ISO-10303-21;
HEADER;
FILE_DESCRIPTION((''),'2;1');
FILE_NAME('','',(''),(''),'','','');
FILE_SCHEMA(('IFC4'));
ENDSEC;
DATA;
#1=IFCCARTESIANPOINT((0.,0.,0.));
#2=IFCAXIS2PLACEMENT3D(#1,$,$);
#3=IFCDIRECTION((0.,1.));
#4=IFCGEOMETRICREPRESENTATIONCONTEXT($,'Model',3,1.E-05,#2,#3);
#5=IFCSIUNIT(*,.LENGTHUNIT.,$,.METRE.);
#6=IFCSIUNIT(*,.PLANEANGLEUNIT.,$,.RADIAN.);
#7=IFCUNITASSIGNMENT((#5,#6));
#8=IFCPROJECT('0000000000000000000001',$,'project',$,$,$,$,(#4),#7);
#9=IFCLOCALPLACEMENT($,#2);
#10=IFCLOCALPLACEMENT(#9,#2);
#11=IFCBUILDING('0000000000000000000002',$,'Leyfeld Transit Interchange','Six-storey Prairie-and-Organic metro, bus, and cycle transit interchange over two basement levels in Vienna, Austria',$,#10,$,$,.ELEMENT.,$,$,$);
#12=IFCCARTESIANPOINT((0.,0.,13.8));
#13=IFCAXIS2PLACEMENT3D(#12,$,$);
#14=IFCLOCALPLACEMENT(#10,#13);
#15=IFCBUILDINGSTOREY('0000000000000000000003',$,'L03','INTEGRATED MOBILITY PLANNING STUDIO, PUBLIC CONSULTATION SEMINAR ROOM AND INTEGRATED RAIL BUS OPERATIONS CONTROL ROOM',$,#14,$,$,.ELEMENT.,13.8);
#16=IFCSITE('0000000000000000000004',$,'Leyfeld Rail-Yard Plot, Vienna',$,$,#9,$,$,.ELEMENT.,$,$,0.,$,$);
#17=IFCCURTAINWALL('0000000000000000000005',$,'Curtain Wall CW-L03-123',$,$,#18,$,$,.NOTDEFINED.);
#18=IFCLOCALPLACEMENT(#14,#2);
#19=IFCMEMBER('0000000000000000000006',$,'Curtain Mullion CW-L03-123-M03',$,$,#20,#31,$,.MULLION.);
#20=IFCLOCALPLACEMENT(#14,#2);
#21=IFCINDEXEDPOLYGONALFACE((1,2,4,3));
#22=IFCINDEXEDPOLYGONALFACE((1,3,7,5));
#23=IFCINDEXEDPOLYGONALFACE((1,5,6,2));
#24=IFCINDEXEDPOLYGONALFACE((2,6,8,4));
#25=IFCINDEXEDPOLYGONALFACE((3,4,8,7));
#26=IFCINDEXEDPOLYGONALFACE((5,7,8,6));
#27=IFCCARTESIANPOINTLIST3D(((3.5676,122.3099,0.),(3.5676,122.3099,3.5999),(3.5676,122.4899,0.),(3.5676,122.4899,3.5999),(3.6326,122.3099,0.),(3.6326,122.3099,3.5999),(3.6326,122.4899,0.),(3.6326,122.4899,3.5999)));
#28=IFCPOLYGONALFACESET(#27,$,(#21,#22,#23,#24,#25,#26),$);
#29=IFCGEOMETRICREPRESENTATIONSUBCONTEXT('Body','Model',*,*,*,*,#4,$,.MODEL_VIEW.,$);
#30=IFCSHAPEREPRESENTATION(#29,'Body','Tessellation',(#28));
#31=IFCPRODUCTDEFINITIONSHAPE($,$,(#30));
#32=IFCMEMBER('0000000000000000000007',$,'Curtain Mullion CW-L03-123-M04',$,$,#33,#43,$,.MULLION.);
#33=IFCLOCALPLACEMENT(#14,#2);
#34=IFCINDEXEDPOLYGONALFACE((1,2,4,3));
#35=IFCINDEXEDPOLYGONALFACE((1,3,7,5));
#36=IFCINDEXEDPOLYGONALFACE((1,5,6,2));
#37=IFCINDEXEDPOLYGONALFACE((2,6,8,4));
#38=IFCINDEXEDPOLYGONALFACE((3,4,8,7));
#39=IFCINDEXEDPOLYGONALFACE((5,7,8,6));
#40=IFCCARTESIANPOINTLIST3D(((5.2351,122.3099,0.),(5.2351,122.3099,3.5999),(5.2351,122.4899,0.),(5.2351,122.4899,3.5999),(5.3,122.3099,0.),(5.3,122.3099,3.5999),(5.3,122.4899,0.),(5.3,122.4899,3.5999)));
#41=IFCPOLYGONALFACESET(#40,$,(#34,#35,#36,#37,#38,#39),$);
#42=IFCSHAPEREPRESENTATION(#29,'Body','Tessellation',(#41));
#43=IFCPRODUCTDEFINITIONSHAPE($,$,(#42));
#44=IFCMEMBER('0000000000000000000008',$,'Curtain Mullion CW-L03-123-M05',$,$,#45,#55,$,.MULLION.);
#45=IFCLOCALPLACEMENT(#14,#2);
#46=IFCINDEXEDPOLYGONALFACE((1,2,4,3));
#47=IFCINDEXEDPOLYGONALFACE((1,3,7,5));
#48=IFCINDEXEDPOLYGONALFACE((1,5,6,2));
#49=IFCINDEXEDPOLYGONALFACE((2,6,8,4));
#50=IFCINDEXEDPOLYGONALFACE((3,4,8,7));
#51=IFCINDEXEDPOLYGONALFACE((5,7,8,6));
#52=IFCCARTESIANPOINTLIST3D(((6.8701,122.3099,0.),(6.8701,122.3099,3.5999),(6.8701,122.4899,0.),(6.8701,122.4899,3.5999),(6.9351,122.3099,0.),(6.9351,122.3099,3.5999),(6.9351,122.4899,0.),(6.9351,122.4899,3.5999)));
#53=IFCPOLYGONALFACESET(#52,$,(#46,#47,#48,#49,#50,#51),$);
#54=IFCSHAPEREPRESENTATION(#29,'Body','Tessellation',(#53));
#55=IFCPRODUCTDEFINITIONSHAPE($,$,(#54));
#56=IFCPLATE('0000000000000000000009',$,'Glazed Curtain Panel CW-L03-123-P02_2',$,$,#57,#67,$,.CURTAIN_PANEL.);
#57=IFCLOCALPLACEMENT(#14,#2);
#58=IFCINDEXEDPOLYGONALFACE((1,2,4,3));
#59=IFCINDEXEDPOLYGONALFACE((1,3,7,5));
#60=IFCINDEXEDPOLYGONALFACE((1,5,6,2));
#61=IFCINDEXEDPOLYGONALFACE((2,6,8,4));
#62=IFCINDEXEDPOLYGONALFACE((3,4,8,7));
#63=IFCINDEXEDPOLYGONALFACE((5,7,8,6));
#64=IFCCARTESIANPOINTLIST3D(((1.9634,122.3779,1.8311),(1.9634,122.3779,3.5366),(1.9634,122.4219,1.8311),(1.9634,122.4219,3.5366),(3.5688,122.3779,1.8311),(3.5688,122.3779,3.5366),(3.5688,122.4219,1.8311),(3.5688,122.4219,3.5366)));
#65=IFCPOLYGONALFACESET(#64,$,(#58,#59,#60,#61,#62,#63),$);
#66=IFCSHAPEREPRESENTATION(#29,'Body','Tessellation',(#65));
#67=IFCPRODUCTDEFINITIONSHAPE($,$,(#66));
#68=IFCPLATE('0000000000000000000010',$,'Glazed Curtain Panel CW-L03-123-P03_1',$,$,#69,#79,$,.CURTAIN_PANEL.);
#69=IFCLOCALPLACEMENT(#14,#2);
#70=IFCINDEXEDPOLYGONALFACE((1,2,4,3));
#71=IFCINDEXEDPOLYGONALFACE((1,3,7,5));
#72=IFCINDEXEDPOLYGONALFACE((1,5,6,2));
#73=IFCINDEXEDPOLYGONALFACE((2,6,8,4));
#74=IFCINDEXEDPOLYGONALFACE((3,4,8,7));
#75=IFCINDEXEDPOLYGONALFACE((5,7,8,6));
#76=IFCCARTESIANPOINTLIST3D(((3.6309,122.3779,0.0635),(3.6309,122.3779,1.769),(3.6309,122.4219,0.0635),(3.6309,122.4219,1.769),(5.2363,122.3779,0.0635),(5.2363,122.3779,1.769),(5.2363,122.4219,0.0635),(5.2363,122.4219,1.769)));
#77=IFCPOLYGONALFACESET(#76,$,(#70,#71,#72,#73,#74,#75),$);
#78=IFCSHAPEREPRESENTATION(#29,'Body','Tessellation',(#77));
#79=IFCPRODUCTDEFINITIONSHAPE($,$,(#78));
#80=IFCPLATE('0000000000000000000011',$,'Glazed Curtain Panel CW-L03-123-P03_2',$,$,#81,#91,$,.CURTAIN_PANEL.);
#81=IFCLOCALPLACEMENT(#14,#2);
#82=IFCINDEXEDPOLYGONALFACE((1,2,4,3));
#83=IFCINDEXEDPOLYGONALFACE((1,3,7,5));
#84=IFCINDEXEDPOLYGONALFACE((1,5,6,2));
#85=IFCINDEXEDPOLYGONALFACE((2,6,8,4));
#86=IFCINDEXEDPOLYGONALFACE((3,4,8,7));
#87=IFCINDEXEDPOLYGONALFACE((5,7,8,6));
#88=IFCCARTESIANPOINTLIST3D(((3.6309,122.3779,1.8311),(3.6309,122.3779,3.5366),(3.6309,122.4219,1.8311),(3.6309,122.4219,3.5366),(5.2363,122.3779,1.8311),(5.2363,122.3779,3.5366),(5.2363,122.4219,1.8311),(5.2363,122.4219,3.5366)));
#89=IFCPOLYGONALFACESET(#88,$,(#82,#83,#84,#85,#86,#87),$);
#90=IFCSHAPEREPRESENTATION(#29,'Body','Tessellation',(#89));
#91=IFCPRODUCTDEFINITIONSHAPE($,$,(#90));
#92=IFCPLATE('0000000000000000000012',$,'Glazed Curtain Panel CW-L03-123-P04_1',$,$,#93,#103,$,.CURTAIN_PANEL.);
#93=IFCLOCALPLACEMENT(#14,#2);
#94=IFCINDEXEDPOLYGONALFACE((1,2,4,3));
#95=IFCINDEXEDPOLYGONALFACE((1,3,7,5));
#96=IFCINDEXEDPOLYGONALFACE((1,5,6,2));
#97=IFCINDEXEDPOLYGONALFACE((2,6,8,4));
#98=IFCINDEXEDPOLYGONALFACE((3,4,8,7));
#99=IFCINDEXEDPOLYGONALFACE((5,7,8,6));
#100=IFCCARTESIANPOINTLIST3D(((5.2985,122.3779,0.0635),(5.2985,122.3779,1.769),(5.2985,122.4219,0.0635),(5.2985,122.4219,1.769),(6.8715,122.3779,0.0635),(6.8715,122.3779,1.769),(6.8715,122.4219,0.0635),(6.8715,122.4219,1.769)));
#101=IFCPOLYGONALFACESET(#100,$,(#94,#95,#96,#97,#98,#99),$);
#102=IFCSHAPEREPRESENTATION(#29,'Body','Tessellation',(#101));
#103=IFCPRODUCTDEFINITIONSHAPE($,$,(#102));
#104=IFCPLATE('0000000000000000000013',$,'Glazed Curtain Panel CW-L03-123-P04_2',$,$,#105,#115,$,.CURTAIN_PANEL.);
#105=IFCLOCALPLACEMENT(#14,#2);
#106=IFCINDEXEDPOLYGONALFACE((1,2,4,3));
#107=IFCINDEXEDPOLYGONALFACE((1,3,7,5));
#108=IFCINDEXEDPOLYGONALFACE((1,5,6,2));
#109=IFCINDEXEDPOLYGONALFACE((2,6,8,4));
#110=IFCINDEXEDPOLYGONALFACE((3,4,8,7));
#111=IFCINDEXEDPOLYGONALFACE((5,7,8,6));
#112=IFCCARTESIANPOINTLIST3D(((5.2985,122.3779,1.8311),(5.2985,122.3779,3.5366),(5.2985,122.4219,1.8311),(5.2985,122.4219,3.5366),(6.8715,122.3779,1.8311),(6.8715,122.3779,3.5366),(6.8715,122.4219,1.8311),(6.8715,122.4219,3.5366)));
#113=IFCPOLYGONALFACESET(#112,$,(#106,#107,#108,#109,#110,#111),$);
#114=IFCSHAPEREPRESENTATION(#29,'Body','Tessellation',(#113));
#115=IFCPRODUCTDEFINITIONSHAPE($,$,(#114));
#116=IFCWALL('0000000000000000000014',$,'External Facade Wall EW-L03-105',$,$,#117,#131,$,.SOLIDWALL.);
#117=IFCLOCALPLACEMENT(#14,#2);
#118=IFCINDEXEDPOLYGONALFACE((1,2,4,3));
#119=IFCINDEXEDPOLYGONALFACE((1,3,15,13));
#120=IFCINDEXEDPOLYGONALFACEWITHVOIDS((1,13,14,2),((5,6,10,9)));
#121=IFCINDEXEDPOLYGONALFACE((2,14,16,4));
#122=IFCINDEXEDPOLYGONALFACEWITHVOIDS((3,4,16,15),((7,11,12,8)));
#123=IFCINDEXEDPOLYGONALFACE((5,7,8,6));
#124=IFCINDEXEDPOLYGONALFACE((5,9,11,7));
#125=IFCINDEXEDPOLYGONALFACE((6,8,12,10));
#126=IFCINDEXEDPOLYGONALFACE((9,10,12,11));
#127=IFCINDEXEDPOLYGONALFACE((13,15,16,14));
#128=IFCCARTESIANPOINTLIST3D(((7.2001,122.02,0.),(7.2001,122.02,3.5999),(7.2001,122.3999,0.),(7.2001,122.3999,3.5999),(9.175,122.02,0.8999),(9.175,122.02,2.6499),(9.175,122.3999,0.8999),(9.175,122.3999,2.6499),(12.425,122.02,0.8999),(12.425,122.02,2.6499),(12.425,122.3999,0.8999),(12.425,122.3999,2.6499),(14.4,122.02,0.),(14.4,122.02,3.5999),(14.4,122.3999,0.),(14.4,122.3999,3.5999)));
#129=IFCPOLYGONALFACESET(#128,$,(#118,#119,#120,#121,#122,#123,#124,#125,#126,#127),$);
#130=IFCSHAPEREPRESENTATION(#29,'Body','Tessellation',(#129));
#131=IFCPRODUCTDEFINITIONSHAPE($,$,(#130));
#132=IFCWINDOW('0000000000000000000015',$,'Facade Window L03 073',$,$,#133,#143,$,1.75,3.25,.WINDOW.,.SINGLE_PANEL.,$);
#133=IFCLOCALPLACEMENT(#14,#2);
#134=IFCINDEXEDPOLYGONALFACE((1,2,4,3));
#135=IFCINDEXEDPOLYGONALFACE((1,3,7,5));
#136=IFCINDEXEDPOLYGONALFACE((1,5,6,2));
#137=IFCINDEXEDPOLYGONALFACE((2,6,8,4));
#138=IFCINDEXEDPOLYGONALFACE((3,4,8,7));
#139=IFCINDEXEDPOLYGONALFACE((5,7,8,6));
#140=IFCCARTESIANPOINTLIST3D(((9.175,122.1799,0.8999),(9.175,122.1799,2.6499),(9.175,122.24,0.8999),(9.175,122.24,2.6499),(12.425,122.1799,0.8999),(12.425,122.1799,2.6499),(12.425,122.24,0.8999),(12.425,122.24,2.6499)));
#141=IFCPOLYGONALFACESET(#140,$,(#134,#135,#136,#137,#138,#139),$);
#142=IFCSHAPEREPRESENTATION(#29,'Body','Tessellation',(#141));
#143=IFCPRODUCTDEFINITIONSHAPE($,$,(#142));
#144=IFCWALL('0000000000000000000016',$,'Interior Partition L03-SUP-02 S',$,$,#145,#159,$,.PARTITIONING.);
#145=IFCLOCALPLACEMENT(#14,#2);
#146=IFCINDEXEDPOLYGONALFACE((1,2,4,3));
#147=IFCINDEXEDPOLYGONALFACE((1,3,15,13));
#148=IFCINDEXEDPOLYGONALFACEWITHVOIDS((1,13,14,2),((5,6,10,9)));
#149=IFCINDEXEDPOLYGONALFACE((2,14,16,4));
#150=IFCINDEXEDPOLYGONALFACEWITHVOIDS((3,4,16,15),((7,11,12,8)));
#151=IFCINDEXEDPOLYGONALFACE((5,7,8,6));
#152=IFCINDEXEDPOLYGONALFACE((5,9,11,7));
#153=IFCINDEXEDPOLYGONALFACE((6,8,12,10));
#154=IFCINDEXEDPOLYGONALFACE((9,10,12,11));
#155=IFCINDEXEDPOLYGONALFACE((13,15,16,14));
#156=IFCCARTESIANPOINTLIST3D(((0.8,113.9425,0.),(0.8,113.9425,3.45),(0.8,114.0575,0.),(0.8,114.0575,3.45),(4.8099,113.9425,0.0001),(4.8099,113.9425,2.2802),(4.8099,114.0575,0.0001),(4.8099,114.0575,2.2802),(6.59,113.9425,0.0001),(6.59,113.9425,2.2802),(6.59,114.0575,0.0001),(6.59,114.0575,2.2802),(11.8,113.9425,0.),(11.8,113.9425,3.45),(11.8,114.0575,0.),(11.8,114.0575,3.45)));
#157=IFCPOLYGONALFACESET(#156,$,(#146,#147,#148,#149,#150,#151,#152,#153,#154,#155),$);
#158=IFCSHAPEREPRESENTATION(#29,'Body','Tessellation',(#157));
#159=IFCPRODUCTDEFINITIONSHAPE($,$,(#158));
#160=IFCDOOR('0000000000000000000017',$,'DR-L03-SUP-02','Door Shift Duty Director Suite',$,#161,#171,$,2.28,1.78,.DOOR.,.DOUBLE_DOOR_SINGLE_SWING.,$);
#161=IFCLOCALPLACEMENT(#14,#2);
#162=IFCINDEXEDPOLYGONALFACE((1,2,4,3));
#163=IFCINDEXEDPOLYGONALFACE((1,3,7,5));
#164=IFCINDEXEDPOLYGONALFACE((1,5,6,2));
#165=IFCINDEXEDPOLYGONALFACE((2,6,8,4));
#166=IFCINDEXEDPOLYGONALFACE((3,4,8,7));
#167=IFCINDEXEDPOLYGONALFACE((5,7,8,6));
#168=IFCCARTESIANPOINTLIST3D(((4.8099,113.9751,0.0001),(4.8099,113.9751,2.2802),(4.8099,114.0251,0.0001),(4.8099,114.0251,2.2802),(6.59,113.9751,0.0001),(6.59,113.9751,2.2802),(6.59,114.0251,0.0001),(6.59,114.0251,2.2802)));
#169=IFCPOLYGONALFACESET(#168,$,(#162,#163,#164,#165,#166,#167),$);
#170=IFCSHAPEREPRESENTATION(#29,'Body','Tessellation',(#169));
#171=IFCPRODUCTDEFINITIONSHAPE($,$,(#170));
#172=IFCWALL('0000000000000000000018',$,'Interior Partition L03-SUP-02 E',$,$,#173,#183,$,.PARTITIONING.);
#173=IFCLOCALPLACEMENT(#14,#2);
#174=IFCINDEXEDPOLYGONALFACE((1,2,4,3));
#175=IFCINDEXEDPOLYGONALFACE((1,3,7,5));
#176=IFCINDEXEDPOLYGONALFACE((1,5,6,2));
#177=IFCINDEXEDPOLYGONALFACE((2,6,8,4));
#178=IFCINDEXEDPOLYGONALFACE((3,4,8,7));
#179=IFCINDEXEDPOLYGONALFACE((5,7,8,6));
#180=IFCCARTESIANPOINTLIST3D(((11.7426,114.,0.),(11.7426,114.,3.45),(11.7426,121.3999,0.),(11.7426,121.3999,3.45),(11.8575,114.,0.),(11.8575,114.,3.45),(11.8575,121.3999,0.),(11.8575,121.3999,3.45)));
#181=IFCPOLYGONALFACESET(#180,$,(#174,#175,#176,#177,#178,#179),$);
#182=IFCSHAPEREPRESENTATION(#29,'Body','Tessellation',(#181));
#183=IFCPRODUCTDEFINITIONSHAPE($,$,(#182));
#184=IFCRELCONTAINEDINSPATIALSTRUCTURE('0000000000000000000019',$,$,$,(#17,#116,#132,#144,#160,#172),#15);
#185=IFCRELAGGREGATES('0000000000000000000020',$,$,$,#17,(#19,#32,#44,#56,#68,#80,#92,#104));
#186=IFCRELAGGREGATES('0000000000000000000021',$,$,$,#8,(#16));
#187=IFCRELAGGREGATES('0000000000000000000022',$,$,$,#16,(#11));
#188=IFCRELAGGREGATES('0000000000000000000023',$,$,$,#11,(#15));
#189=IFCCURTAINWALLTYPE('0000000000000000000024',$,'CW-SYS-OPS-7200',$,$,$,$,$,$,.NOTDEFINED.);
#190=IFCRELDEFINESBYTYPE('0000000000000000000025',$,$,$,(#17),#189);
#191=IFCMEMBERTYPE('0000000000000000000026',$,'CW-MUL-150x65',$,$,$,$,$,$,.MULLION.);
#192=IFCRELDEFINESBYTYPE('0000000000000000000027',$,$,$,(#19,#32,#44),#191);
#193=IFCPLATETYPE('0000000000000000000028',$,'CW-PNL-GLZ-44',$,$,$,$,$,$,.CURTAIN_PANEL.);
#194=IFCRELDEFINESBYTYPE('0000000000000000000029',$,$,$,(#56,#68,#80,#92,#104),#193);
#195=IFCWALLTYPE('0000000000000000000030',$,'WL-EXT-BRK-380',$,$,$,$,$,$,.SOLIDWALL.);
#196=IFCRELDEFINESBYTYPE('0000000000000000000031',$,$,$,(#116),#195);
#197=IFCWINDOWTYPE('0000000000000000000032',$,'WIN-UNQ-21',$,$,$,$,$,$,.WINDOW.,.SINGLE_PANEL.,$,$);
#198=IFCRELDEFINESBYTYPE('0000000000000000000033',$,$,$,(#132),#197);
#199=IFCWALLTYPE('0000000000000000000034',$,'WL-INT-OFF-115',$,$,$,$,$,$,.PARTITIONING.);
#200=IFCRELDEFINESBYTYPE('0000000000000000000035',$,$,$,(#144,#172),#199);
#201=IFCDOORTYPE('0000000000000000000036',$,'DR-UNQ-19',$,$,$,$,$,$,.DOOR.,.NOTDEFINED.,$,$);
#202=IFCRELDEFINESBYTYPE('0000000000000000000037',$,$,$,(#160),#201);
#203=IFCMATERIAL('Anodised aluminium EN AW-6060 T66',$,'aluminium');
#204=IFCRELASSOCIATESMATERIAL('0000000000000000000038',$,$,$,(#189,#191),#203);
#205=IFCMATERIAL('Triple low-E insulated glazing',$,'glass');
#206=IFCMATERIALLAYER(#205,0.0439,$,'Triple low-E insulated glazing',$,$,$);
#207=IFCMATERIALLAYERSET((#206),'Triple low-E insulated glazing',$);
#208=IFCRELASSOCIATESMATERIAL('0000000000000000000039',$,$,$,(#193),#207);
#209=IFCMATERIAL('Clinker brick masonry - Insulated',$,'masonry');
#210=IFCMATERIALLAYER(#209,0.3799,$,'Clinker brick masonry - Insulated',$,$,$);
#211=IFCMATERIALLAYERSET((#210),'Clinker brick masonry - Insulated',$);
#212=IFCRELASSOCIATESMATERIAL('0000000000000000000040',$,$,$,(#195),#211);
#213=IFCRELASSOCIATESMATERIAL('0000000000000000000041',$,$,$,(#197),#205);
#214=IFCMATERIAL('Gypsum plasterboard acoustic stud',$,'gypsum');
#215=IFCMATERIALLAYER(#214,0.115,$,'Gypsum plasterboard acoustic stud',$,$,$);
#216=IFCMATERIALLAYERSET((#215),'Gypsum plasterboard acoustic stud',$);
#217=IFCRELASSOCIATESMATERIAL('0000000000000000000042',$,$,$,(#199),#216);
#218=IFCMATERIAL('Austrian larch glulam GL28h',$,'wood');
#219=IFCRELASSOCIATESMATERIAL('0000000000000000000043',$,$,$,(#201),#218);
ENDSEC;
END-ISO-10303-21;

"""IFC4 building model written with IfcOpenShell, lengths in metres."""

from ifc_helpers import new_model, si_unit, direction, frame, frame_2d, origin, origin_2d, place, context, subcontext, project, spatial, rectangle, extrude, material, layer, layer_set, material_profile, profile_set, type_object, element, fill, aggregate, save


model = new_model("IFC4")

# Units and contexts
model_context = context("Model", 3, precision=1e-05, world=origin(), true_north=direction((0.0, 1.0)))
body_context = subcontext(model_context, "Body", "Model", "MODEL_VIEW")
ifc_project = project(units=[si_unit("LENGTHUNIT", "METRE"), si_unit("PLANEANGLEUNIT", "RADIAN")], contexts=[model_context])

# Site, building, storey
site_placement = place(None, origin())
site = spatial("IfcSite", under=ifc_project, at=site_placement, Name="Leyfeld Rail-Yard Plot, Vienna", CompositionType="ELEMENT", RefElevation=0.0)
building_placement = place(site_placement, origin())
building = spatial("IfcBuilding", under=site, at=building_placement, Name="Leyfeld Transit Interchange", Description="Six-storey Prairie-and-Organic metro, bus, and cycle transit interchange over two basement levels in Vienna, Austria", CompositionType="ELEMENT")
storey_placement = place(building_placement, frame((0.0, 0.0, 13.8)))
storey = spatial("IfcBuildingStorey", under=building, at=storey_placement, Name="L03", Description="INTEGRATED MOBILITY PLANNING STUDIO, PUBLIC CONSULTATION SEMINAR ROOM AND INTEGRATED RAIL BUS OPERATIONS CONTROL ROOM", CompositionType="ELEMENT", Elevation=13.8)

# Curtain wall, members, plates
ifc_material_1 = material(Name="Anodised aluminium EN AW-6060 T66", Category="aluminium")
curtain_wall_type = type_object("IfcCurtainWallType", Name="CW-SYS-OPS-7200", PredefinedType="NOTDEFINED", material=ifc_material_1)
curtain_wall_placement = place(storey_placement, origin())
curtain_wall = element("IfcCurtainWall", 1, at=curtain_wall_placement, inside=storey, type_object=curtain_wall_type, Name="Curtain Wall CW-L03-123", PredefinedType="NOTDEFINED")
ifc_material_profile_1 = material_profile(ifc_material_1, rectangle(XDim=0.0649, YDim=0.1799, at=origin_2d()), Name="CW-M 65x180")
ifc_profile_set_1 = profile_set([ifc_material_profile_1], Name="Anodised aluminium EN AW-6060 T66")
member_type = type_object("IfcMemberType", Name="CW-MUL-150x65", PredefinedType="MULLION", material=ifc_profile_set_1)
member_1_placement = place(storey_placement, frame((3.6001, 122.3999, 0.0), z_axis=(0.0, 0.0, 1.0), x_axis=(1.0, 0.0, 0.0)))
member_1 = element("IfcMember", 2, at=member_1_placement, type_object=member_type, Name="Curtain Mullion CW-L03-123-M03", PredefinedType="MULLION", context=body_context, shape_type="SweptSolid", body=[
    extrude(rectangle(XDim=0.0649, YDim=0.1799, at=origin_2d()), origin(), (0.0, 0.0, 1.0), 3.5999),
])
member_2_placement = place(storey_placement, frame((5.2676, 122.3999, 0.0), z_axis=(0.0, 0.0, 1.0), x_axis=(1.0, 0.0, 0.0)))
member_2 = element("IfcMember", 3, at=member_2_placement, type_object=member_type, Name="Curtain Mullion CW-L03-123-M04", PredefinedType="MULLION", context=body_context, shape_type="SweptSolid", body=[
    extrude(rectangle(XDim=0.0649, YDim=0.1799, at=origin_2d()), origin(), (0.0, 0.0, 1.0), 3.5999),
])
member_3_placement = place(storey_placement, frame((6.9026, 122.3999, 0.0), z_axis=(0.0, 0.0, 1.0), x_axis=(1.0, 0.0, 0.0)))
member_3 = element("IfcMember", 4, at=member_3_placement, type_object=member_type, Name="Curtain Mullion CW-L03-123-M05", PredefinedType="MULLION", context=body_context, shape_type="SweptSolid", body=[
    extrude(rectangle(XDim=0.0649, YDim=0.1799, at=origin_2d()), origin(), (0.0, 0.0, 1.0), 3.5999),
])
ifc_material_2 = material(Name="Triple low-E insulated glazing", Category="glass")
ifc_layer_1 = layer(ifc_material_2, 0.0439, Name="Triple low-E insulated glazing")
ifc_layer_set_1 = layer_set([ifc_layer_1], Name="Triple low-E insulated glazing")
plate_type = type_object("IfcPlateType", Name="CW-PNL-GLZ-44", PredefinedType="CURTAIN_PANEL", material=ifc_layer_set_1)
plate_1_placement = place(storey_placement, frame((2.7661, 122.3999, 1.8311), z_axis=(0.0, 0.0, 1.0), x_axis=(1.0, 0.0, 0.0)))
plate_1 = element("IfcPlate", 5, at=plate_1_placement, type_object=plate_type, Name="Glazed Curtain Panel CW-L03-123-P02_2", PredefinedType="CURTAIN_PANEL", context=body_context, shape_type="SweptSolid", body=[
    extrude(rectangle(XDim=1.6055, YDim=0.0439, at=origin_2d()), origin(), (0.0, 0.0, 1.0), 1.7056),
])
plate_2_placement = place(storey_placement, frame((4.4336, 122.3999, 0.0635), z_axis=(0.0, 0.0, 1.0), x_axis=(1.0, 0.0, 0.0)))
plate_2 = element("IfcPlate", 6, at=plate_2_placement, type_object=plate_type, Name="Glazed Curtain Panel CW-L03-123-P03_1", PredefinedType="CURTAIN_PANEL", context=body_context, shape_type="SweptSolid", body=[
    extrude(rectangle(XDim=1.6055, YDim=0.0439, at=origin_2d()), origin(), (0.0, 0.0, 1.0), 1.7056),
])
plate_3_placement = place(storey_placement, frame((4.4336, 122.3999, 1.8311), z_axis=(0.0, 0.0, 1.0), x_axis=(1.0, 0.0, 0.0)))
plate_3 = element("IfcPlate", 7, at=plate_3_placement, type_object=plate_type, Name="Glazed Curtain Panel CW-L03-123-P03_2", PredefinedType="CURTAIN_PANEL", context=body_context, shape_type="SweptSolid", body=[
    extrude(rectangle(XDim=1.6055, YDim=0.0439, at=origin_2d()), origin(), (0.0, 0.0, 1.0), 1.7056),
])
plate_4_placement = place(storey_placement, frame((6.085, 122.3999, 0.0635), z_axis=(0.0, 0.0, 1.0), x_axis=(1.0, 0.0, 0.0)))
plate_4 = element("IfcPlate", 8, at=plate_4_placement, type_object=plate_type, Name="Glazed Curtain Panel CW-L03-123-P04_1", PredefinedType="CURTAIN_PANEL", context=body_context, shape_type="SweptSolid", body=[
    extrude(rectangle(XDim=1.573, YDim=0.0439, at=origin_2d()), origin(), (0.0, 0.0, 1.0), 1.7056),
])
plate_5_placement = place(storey_placement, frame((6.085, 122.3999, 1.8311), z_axis=(0.0, 0.0, 1.0), x_axis=(1.0, 0.0, 0.0)))
plate_5 = element("IfcPlate", 9, at=plate_5_placement, type_object=plate_type, Name="Glazed Curtain Panel CW-L03-123-P04_2", PredefinedType="CURTAIN_PANEL", context=body_context, shape_type="SweptSolid", body=[
    extrude(rectangle(XDim=1.573, YDim=0.0439, at=origin_2d()), origin(), (0.0, 0.0, 1.0), 1.7056),
])
aggregate(curtain_wall, [member_1, member_2, member_3, plate_1, plate_2, plate_3, plate_4, plate_5])

# Wall, opening, window
ifc_material_3 = material(Name="Clinker brick masonry - Insulated", Category="masonry")
ifc_layer_2 = layer(ifc_material_3, 0.3799, Name="Clinker brick masonry - Insulated")
ifc_layer_set_2 = layer_set([ifc_layer_2], Name="Clinker brick masonry - Insulated")
wall_type_1 = type_object("IfcWallType", Name="WL-EXT-BRK-380", PredefinedType="SOLIDWALL", material=ifc_layer_set_2)
wall_1_placement = place(storey_placement, frame((7.2, 122.21, 0.0), z_axis=(0.0, 0.0, 1.0), x_axis=(1.0, 0.0, 0.0)))
wall_1 = element("IfcWall", 10, at=wall_1_placement, inside=storey, type_object=wall_type_1, Name="External Facade Wall EW-L03-105", PredefinedType="SOLIDWALL", context=body_context, shape_type="SweptSolid", body=[
    extrude(rectangle(XDim=7.2, YDim=0.3799, at=frame_2d((3.6001, 0.0))), origin(), (0.0, 0.0, 1.0), 3.5999),
])
opening_1_placement = place(wall_1_placement, frame((1.9751, 0.0, 0.8999)))
opening_1 = element("IfcOpeningElement", 11, at=opening_1_placement, cuts=wall_1, PredefinedType="OPENING", context=body_context, shape_type="SweptSolid", body=[
    extrude(rectangle(XDim=3.25, YDim=1.75, at=frame_2d((1.625, 0.875))), frame((0.0, 0.2, 0.0), z_axis=(0.0, -1.0, 0.0), x_axis=(1.0, 0.0, 0.0)), (0.0, 0.0, 1.0), 0.3999),
])
window_type = type_object("IfcWindowType", Name="WIN-UNQ-21", PartitioningType="SINGLE_PANEL", PredefinedType="WINDOW", material=ifc_material_2)
window_placement = place(opening_1_placement, origin())
window = element("IfcWindow", 12, at=window_placement, inside=storey, type_object=window_type, Name="Facade Window L03 073", OverallHeight=1.75, OverallWidth=3.25, PartitioningType="SINGLE_PANEL", PredefinedType="WINDOW", context=body_context, shape_type="SweptSolid", body=[
    extrude(rectangle(XDim=3.25, YDim=1.75, at=frame_2d((1.625, 0.875))), frame((0.0, 0.03, 0.0), z_axis=(0.0, -1.0, 0.0), x_axis=(1.0, 0.0, 0.0)), (0.0, 0.0, 1.0), 0.0601),
])
fill(opening_1, window)

# Wall, opening, door
ifc_material_4 = material(Name="Gypsum plasterboard acoustic stud", Category="gypsum")
ifc_layer_3 = layer(ifc_material_4, 0.115, Name="Gypsum plasterboard acoustic stud")
ifc_layer_set_3 = layer_set([ifc_layer_3], Name="Gypsum plasterboard acoustic stud")
wall_type_2 = type_object("IfcWallType", Name="WL-INT-OFF-115", PredefinedType="PARTITIONING", material=ifc_layer_set_3)
wall_2_placement = place(storey_placement, frame((11.8, 114.0, 0.0), z_axis=(0.0, 0.0, 1.0), x_axis=(-1.0, 0.0, 0.0)))
wall_2 = element("IfcWall", 13, at=wall_2_placement, inside=storey, type_object=wall_type_2, Name="Interior Partition L03-SUP-02 S", PredefinedType="PARTITIONING", context=body_context, shape_type="SweptSolid", body=[
    extrude(rectangle(XDim=11.0, YDim=0.115, at=frame_2d((5.5, 0.0))), origin(), (0.0, 0.0, 1.0), 3.45),
])
opening_2_placement = place(wall_2_placement, frame((5.21, 0.0, 0.0)))
opening_2 = element("IfcOpeningElement", 14, at=opening_2_placement, cuts=wall_2, PredefinedType="OPENING", context=body_context, shape_type="SweptSolid", body=[
    extrude(rectangle(XDim=1.78, YDim=2.28, at=frame_2d((0.8901, 1.1401))), frame((0.0, 0.0674, 0.0), z_axis=(0.0, -1.0, 0.0), x_axis=(1.0, 0.0, 0.0)), (0.0, 0.0, 1.0), 0.135),
])
ifc_material_5 = material(Name="Austrian larch glulam GL28h", Category="wood")
door_type = type_object("IfcDoorType", Name="DR-UNQ-19", OperationType="NOTDEFINED", PredefinedType="DOOR", material=ifc_material_5)
door_placement = place(opening_2_placement, origin())
door = element("IfcDoor", 15, at=door_placement, inside=storey, type_object=door_type, Name="DR-L03-SUP-02", Description="Door Shift Duty Director Suite", OperationType="DOUBLE_DOOR_SINGLE_SWING", OverallHeight=2.28, OverallWidth=1.78, PredefinedType="DOOR", context=body_context, shape_type="SweptSolid", body=[
    extrude(rectangle(XDim=1.78, YDim=2.28, at=frame_2d((0.8901, 1.1401))), frame((0.0, 0.0249, 0.0), z_axis=(0.0, -1.0, 0.0), x_axis=(1.0, 0.0, 0.0)), (0.0, 0.0, 1.0), 0.05),
])
fill(opening_2, door)

# Wall
wall_3_placement = place(storey_placement, frame((11.8, 121.3999, 0.0), z_axis=(0.0, 0.0, 1.0), x_axis=(0.0, -1.0, 0.0)))
element("IfcWall", 16, at=wall_3_placement, inside=storey, type_object=wall_type_2, Name="Interior Partition L03-SUP-02 E", PredefinedType="PARTITIONING", context=body_context, shape_type="SweptSolid", body=[
    extrude(rectangle(XDim=7.3999, YDim=0.115, at=frame_2d((3.7, 0.0))), origin(), (0.0, 0.0, 1.0), 3.45),
])

save(model, "model.ifc")
